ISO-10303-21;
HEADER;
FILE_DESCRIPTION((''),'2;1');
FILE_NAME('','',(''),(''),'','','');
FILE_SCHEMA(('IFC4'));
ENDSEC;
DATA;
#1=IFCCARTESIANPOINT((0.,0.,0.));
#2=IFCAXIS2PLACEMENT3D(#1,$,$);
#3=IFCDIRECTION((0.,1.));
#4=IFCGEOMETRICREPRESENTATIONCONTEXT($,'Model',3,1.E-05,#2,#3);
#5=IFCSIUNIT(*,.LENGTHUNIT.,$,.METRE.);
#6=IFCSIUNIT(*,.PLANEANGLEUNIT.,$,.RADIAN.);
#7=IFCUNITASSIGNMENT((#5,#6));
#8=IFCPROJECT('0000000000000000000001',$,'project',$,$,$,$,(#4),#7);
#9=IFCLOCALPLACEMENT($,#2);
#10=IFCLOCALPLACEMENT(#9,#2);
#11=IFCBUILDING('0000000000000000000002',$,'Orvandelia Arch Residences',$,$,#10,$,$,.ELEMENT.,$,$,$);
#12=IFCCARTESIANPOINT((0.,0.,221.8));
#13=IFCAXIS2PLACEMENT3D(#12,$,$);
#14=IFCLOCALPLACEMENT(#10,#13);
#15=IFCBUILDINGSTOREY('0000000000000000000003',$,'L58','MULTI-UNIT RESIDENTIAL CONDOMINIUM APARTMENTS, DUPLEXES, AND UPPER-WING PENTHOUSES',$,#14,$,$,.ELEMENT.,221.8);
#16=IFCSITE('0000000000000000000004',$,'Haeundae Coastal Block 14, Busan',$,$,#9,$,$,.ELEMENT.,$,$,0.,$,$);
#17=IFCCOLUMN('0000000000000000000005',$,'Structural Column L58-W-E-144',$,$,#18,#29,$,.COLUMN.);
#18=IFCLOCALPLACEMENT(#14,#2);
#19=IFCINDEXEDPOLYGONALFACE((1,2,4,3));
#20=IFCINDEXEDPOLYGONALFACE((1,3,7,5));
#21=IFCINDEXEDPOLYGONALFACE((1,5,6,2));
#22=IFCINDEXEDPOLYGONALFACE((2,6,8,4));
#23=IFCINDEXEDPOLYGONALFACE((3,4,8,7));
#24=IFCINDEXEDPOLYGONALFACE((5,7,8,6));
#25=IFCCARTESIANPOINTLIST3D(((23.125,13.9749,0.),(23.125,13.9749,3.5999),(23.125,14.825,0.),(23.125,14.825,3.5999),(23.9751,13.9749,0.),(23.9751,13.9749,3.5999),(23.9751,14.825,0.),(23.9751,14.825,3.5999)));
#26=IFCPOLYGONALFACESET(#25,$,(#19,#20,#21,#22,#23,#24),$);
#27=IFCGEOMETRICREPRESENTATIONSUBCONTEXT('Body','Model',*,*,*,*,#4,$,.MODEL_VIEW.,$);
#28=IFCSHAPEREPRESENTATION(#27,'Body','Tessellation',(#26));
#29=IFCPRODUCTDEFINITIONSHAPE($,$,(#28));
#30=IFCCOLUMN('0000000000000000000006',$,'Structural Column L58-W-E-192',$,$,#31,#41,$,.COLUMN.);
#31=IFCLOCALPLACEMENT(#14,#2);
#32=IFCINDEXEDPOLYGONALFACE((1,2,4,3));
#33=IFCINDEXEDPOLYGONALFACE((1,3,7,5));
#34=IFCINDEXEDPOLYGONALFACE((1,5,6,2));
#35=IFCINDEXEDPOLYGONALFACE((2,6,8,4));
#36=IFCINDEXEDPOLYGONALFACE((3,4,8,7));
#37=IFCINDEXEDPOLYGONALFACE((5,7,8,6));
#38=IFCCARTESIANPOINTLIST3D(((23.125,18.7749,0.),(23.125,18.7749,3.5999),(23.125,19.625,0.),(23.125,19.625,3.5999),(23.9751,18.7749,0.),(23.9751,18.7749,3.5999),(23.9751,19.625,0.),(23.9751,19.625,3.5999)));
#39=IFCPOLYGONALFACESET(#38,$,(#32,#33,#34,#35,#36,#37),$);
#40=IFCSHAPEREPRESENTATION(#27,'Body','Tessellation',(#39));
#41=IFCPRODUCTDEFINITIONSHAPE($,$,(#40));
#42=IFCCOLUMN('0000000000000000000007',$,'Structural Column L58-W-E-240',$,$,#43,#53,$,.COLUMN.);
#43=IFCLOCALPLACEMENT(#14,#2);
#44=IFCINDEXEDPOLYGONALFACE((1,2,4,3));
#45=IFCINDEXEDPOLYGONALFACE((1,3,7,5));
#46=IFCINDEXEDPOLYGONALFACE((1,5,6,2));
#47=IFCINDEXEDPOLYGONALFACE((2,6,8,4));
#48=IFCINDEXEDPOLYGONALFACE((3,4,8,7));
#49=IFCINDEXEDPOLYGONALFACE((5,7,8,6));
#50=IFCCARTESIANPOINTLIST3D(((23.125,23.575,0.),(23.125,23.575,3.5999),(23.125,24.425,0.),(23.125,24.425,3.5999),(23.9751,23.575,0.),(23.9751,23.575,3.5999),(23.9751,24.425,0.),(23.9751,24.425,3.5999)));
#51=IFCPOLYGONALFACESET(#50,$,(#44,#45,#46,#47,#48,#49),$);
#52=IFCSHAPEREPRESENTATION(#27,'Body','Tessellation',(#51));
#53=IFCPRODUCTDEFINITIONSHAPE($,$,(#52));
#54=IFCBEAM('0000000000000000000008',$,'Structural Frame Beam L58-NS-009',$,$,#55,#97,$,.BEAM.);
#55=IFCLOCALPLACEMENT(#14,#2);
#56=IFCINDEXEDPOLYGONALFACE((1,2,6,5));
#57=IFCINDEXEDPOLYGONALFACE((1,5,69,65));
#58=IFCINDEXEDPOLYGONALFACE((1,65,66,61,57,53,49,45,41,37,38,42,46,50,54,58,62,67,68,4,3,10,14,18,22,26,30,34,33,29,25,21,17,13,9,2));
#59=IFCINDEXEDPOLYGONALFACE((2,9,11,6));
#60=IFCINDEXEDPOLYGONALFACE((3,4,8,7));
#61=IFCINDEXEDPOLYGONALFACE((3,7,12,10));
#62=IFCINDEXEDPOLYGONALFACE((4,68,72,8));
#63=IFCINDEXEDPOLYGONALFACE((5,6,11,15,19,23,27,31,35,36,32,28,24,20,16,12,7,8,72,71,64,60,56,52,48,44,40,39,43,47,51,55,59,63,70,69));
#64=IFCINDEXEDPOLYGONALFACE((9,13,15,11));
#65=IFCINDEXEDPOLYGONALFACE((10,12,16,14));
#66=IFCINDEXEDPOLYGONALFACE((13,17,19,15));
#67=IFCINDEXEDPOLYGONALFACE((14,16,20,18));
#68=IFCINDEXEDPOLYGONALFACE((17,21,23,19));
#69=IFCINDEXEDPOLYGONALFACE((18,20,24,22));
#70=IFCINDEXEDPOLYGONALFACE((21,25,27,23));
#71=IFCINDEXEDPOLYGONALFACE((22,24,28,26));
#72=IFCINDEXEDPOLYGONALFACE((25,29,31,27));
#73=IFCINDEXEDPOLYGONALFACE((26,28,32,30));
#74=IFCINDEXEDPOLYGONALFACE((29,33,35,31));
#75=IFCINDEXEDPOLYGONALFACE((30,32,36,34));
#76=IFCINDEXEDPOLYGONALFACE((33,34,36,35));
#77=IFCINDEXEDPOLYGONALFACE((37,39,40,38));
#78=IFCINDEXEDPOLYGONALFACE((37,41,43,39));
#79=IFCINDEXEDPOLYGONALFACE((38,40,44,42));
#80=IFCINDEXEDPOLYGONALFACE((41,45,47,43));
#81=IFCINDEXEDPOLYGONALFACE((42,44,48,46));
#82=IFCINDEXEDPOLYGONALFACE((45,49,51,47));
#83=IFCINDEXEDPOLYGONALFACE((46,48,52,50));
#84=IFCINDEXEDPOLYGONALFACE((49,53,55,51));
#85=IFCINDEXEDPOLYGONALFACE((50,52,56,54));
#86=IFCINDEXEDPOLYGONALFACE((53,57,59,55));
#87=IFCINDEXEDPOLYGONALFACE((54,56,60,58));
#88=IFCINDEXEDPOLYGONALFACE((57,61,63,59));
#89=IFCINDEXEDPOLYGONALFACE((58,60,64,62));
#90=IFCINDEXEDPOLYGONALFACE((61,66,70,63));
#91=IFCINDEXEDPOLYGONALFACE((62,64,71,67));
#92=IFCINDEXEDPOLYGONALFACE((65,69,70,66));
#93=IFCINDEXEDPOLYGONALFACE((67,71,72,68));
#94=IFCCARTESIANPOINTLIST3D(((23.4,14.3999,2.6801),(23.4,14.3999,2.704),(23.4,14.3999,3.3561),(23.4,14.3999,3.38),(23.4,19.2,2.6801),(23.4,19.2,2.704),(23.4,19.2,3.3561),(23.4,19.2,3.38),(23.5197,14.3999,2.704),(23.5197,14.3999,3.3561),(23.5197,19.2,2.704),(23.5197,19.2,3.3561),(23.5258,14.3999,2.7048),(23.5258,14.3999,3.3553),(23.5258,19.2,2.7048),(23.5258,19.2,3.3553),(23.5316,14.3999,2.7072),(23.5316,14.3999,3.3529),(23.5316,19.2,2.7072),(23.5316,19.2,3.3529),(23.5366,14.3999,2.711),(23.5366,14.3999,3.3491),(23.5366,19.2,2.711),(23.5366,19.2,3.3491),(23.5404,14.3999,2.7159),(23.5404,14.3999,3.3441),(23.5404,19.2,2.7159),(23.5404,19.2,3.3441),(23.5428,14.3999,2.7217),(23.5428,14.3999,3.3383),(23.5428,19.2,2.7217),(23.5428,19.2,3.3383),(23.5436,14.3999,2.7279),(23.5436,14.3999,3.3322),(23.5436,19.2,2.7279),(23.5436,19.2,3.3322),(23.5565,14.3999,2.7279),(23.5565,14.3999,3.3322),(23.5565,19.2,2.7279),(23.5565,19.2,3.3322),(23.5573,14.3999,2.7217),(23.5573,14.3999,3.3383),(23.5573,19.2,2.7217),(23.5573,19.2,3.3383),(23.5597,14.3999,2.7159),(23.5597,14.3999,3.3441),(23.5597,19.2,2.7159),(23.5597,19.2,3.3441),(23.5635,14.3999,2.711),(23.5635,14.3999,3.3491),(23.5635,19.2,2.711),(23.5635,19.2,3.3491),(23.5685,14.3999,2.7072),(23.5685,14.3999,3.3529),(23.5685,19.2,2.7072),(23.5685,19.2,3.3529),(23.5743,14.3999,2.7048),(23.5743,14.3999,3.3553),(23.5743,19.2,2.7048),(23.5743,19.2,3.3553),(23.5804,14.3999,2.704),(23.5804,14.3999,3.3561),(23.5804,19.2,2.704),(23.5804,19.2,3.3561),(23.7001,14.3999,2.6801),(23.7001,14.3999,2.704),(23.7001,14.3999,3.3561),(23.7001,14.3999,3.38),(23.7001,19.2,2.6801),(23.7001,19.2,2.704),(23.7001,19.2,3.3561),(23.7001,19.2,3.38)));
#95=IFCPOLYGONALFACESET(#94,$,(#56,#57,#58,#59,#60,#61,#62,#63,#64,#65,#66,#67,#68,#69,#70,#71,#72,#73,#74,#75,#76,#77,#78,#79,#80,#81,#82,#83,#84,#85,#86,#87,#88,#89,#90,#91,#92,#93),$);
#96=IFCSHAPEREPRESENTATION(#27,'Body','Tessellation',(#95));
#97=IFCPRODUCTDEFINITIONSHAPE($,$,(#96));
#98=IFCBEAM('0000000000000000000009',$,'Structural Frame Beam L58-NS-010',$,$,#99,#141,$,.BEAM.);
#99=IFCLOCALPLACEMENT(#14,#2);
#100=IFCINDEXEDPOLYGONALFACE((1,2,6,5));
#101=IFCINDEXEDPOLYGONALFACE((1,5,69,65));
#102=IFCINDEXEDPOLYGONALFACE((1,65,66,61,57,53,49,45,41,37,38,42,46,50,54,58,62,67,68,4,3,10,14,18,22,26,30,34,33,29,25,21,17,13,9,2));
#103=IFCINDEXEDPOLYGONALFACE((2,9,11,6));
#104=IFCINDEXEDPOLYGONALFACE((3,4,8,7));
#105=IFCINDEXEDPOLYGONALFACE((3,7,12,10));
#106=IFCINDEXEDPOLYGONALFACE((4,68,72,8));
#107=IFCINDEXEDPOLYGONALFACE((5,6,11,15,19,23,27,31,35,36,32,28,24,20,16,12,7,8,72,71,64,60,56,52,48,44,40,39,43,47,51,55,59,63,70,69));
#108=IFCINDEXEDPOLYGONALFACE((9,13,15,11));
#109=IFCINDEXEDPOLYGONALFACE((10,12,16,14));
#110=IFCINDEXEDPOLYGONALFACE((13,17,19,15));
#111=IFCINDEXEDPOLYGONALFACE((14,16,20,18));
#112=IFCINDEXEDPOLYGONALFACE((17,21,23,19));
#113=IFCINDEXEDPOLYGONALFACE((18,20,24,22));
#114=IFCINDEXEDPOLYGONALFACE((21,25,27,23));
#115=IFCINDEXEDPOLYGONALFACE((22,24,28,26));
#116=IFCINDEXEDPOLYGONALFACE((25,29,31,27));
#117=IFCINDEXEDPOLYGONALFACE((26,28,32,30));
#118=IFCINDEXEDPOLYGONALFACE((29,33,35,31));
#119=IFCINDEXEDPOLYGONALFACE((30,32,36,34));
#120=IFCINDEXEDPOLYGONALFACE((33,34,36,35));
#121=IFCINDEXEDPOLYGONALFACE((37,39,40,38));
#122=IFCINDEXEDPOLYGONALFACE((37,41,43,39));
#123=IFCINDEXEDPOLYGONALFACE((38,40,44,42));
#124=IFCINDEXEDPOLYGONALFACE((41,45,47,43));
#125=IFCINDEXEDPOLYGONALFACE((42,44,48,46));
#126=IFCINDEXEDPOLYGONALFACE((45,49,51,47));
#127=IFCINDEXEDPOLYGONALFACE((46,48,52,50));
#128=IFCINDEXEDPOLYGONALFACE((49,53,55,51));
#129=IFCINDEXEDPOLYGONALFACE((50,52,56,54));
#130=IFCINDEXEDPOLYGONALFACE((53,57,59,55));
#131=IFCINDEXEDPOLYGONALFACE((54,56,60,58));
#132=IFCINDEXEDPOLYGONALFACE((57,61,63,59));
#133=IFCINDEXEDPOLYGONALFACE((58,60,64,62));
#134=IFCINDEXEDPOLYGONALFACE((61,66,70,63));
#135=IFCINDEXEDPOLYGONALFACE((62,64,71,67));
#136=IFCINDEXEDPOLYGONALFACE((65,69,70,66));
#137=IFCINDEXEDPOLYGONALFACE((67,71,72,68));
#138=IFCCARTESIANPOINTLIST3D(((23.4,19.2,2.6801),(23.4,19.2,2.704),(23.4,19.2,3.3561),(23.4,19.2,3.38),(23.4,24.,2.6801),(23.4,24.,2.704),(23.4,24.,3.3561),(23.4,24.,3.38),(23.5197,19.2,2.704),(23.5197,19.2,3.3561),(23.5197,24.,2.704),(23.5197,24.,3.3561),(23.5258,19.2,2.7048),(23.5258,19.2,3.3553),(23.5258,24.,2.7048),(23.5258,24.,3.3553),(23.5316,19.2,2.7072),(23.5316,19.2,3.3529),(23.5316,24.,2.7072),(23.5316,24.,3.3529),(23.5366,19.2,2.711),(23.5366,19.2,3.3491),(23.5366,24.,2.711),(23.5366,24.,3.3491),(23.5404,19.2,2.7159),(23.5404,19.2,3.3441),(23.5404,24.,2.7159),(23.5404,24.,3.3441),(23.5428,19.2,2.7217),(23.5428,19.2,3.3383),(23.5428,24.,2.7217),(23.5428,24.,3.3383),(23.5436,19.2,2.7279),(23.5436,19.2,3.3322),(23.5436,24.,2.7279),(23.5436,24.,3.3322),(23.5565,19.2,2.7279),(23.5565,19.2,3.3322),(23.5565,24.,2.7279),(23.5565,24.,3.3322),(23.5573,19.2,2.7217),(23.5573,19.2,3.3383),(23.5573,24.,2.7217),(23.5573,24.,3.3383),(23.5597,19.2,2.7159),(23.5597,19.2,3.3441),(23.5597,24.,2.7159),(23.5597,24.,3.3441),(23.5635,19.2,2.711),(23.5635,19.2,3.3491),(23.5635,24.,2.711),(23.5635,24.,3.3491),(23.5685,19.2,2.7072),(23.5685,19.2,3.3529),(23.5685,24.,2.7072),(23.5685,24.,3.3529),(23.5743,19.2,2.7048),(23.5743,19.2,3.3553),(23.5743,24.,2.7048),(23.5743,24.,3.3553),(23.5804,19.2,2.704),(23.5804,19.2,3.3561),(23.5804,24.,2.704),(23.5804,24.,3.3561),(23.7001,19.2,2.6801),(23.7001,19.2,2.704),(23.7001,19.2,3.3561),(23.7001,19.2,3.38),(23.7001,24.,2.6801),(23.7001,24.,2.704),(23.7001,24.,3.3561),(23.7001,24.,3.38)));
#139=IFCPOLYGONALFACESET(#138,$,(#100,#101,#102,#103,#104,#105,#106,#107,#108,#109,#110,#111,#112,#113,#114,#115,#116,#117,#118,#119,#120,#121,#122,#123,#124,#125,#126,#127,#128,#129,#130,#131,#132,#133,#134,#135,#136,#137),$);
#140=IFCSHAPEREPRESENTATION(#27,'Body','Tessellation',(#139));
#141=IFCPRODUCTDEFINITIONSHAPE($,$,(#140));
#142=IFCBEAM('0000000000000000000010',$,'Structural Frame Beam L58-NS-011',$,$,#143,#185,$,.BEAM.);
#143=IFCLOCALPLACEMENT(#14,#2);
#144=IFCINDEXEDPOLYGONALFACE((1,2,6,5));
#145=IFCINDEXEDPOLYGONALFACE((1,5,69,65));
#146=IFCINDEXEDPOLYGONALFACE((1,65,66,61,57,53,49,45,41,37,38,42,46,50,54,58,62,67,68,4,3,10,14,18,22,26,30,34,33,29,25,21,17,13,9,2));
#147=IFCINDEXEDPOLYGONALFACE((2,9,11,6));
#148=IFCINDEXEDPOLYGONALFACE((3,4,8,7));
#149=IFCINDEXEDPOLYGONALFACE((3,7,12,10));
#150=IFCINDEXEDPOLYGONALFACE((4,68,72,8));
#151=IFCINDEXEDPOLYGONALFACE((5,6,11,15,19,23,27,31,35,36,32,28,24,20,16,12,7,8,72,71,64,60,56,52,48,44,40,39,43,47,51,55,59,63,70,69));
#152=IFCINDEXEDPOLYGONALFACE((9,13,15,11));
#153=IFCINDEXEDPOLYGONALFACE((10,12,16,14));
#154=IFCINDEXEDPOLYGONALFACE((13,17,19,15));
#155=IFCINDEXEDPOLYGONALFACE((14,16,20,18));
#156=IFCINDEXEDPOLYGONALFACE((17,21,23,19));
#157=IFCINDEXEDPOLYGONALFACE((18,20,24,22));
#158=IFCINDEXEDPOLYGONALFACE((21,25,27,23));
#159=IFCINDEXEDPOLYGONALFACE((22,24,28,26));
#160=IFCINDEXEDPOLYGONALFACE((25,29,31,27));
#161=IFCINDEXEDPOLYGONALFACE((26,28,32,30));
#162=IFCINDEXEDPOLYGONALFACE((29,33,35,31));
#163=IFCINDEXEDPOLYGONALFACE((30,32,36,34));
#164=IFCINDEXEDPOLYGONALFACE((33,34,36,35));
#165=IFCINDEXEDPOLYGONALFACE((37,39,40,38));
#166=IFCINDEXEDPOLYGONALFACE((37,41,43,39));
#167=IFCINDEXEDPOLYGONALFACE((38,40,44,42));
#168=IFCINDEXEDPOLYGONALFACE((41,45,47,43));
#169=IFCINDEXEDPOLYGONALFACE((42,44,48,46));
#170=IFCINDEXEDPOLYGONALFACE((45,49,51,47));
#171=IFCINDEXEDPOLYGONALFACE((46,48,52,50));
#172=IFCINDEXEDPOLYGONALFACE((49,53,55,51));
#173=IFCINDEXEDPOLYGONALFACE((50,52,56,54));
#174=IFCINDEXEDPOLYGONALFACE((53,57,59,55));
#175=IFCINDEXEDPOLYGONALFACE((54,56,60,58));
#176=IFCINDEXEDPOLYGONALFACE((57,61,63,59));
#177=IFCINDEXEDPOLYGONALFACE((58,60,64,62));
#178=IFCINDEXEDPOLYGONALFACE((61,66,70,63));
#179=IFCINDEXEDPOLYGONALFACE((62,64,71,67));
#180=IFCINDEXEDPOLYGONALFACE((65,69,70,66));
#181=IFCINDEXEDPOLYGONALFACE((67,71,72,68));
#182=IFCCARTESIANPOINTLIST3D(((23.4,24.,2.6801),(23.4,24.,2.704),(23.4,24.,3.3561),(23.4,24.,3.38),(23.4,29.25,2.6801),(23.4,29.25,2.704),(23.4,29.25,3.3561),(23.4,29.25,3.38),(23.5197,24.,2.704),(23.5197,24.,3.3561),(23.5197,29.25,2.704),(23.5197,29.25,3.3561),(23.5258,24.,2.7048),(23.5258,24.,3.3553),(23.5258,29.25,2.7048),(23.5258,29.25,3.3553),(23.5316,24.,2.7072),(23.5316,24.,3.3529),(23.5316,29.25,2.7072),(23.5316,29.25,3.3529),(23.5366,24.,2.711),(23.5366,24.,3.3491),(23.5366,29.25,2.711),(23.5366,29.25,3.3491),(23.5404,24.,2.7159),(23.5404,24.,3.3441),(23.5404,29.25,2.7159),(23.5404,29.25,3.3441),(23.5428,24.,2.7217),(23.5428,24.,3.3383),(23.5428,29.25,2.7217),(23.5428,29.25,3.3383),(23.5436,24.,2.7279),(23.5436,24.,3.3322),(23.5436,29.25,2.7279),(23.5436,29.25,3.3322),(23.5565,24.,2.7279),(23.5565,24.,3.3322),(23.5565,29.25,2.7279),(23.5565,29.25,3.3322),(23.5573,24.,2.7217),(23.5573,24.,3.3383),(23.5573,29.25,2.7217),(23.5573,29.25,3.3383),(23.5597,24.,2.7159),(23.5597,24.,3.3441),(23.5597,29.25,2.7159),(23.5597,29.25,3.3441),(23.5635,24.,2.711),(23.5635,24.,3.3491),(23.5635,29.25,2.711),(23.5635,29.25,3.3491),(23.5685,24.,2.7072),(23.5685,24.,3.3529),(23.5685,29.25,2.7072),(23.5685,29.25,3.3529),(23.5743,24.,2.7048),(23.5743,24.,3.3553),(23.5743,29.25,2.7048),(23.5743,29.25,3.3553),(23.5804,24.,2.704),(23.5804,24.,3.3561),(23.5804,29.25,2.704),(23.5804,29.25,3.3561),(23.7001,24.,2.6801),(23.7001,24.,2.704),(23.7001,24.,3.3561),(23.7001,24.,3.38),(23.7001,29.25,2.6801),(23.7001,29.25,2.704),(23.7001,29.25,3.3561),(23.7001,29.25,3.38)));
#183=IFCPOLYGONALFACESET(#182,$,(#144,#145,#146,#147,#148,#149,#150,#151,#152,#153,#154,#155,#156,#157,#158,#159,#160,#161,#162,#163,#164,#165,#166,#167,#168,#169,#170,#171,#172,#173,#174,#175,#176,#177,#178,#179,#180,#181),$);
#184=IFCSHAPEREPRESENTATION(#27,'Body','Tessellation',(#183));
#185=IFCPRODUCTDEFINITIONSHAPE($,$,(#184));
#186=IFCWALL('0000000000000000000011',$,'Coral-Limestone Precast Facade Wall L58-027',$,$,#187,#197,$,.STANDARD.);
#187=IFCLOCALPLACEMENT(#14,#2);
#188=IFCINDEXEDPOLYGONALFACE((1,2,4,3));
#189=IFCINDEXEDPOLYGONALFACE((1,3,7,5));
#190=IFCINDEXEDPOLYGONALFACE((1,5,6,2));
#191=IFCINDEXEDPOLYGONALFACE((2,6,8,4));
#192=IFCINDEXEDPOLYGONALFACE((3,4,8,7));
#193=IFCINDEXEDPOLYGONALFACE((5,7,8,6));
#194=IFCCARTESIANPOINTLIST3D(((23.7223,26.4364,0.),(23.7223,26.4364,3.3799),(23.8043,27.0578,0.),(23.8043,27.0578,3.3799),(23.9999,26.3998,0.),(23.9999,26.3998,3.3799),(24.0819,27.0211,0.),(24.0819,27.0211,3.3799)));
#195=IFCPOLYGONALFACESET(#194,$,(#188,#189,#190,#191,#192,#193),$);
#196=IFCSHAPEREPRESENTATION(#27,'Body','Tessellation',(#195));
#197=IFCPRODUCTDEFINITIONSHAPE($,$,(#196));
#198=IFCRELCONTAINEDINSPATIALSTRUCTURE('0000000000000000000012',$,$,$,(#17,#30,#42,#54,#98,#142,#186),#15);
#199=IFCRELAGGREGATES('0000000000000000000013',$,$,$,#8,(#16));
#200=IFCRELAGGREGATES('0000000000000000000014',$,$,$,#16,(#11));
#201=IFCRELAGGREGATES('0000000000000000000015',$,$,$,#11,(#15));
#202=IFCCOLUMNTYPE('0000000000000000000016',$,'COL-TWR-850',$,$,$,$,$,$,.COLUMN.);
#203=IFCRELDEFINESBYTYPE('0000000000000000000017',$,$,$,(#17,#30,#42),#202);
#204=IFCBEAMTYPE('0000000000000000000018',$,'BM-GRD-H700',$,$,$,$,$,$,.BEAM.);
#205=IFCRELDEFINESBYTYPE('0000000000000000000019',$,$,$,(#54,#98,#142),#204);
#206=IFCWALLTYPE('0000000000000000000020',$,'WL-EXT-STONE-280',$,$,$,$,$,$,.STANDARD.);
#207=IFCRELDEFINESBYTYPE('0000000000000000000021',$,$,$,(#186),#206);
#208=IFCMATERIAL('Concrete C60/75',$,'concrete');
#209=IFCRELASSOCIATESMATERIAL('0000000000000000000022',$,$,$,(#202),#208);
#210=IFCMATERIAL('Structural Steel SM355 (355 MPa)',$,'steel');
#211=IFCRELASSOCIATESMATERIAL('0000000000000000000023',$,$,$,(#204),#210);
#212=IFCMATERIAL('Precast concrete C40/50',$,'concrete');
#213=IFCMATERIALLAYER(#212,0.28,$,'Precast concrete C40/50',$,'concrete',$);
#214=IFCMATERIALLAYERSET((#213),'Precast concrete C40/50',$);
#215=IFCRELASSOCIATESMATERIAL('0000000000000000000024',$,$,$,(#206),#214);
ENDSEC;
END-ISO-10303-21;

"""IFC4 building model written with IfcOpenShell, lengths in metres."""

from ifc_helpers import new_model, si_unit, direction, frame, frame_2d, origin, origin_2d, place, context, subcontext, project, spatial, rectangle, i_section, extrude, material, layer, layer_set, material_profile, profile_set, type_object, element, save


model = new_model("IFC4")

# Units and contexts
model_context = context("Model", 3, precision=1e-05, world=origin(), true_north=direction((0.0, 1.0)))
body_context = subcontext(model_context, "Body", "Model", "MODEL_VIEW")
ifc_project = project(units=[si_unit("LENGTHUNIT", "METRE"), si_unit("PLANEANGLEUNIT", "RADIAN")], contexts=[model_context])

# Site, building, storey
site_placement = place(None, origin())
site = spatial("IfcSite", under=ifc_project, at=site_placement, Name="Haeundae Coastal Block 14, Busan", CompositionType="ELEMENT", RefElevation=0.0)
building_placement = place(site_placement, origin())
building = spatial("IfcBuilding", under=site, at=building_placement, Name="Orvandelia Arch Residences", CompositionType="ELEMENT")
storey_placement = place(building_placement, frame((0.0, 0.0, 221.8)))
storey = spatial("IfcBuildingStorey", under=building, at=storey_placement, Name="L58", Description="MULTI-UNIT RESIDENTIAL CONDOMINIUM APARTMENTS, DUPLEXES, AND UPPER-WING PENTHOUSES", CompositionType="ELEMENT", Elevation=221.8)

# Columns
ifc_material_1 = material(Name="Concrete C60/75", Category="concrete")
ifc_material_profile_1 = material_profile(ifc_material_1, rectangle(XDim=0.8501, YDim=0.8501, at=origin_2d()), Name="Concrete C60/75", Category="concrete")
ifc_profile_set_1 = profile_set([ifc_material_profile_1], Name="Concrete C60/75")
column_type = type_object("IfcColumnType", Name="COL-TWR-850", PredefinedType="COLUMN", material=ifc_profile_set_1)
for number, where, z_axis, x_axis, name in (
    (1, (23.55, 14.3999, 0.0), (0.0, 0.0, 1.0), (1.0, 0.0, 0.0), "Structural Column L58-W-E-144"),
    (2, (23.55, 19.2, 0.0), (0.0, 0.0, 1.0), (1.0, 0.0, 0.0), "Structural Column L58-W-E-192"),
    (3, (23.55, 24.0, 0.0), (0.0, 0.0, 1.0), (1.0, 0.0, 0.0), "Structural Column L58-W-E-240"),
):
    element("IfcColumn", number, at=place(storey_placement, frame(where, z_axis=z_axis, x_axis=x_axis)), inside=storey, type_object=column_type, Name=name, PredefinedType="COLUMN", context=body_context, shape_type="SweptSolid", body=[
        extrude(rectangle(XDim=0.8501, YDim=0.8501, at=origin_2d()), origin(), (0.0, 0.0, 1.0), 3.5999),
    ])

# Beams
ifc_material_2 = material(Name="Structural Steel SM355 (355 MPa)", Category="steel")
ifc_material_profile_2 = material_profile(ifc_material_2, i_section(OverallWidth=0.3, OverallDepth=0.7, WebThickness=0.0129, FlangeThickness=0.0239, FilletRadius=0.0239, at=origin_2d()), Name="Structural Steel SM355 (355 MPa)", Category="steel")
ifc_profile_set_2 = profile_set([ifc_material_profile_2], Name="Structural Steel SM355 (355 MPa)")
beam_type = type_object("IfcBeamType", Name="BM-GRD-H700", PredefinedType="BEAM", material=ifc_profile_set_2)
for number, where, z_axis, x_axis, name in (
    (4, (23.55, 14.3999, 3.03), (0.0, 1.0, 0.0), (-1.0, 0.0, 0.0), "Structural Frame Beam L58-NS-009"),
    (5, (23.55, 19.2, 3.03), (0.0, 1.0, 0.0), (-1.0, 0.0, 0.0), "Structural Frame Beam L58-NS-010"),
):
    element("IfcBeam", number, at=place(storey_placement, frame(where, z_axis=z_axis, x_axis=x_axis)), inside=storey, type_object=beam_type, Name=name, PredefinedType="BEAM", context=body_context, shape_type="SweptSolid", body=[
        extrude(i_section(OverallWidth=0.3, OverallDepth=0.7, WebThickness=0.0129, FlangeThickness=0.0239, FilletRadius=0.0239, at=origin_2d()), origin(), (0.0, 0.0, 1.0), 4.8),
    ])
beam_placement = place(storey_placement, frame((23.55, 24.0, 3.03), z_axis=(0.0, 1.0, 0.0), x_axis=(-1.0, 0.0, 0.0)))
element("IfcBeam", 6, at=beam_placement, inside=storey, type_object=beam_type, Name="Structural Frame Beam L58-NS-011", PredefinedType="BEAM", context=body_context, shape_type="SweptSolid", body=[
    extrude(i_section(OverallWidth=0.3, OverallDepth=0.7, WebThickness=0.0129, FlangeThickness=0.0239, FilletRadius=0.0239, at=origin_2d()), origin(), (0.0, 0.0, 1.0), 5.25),
])

# Wall
ifc_material_3 = material(Name="Precast concrete C40/50", Category="concrete")
ifc_layer_1 = layer(ifc_material_3, 0.28, Name="Precast concrete C40/50", Category="concrete")
ifc_layer_set_1 = layer_set([ifc_layer_1], Name="Precast concrete C40/50")
wall_type_1 = type_object("IfcWallType", Name="WL-EXT-STONE-280", PredefinedType="STANDARD", material=ifc_layer_set_1)
wall_1_placement = place(storey_placement, frame((23.9431, 27.0396, 0.0), z_axis=(0.0, 0.0, 1.0), x_axis=(-0.130888, -0.991397, 0.0)))
element("IfcWall", 7, at=wall_1_placement, inside=storey, type_object=wall_type_1, Name="Coral-Limestone Precast Facade Wall L58-027", PredefinedType="STANDARD", context=body_context, shape_type="SweptSolid", body=[
    extrude(rectangle(XDim=0.6267, YDim=0.28, at=frame_2d((0.3135, 0.0))), origin(), (0.0, 0.0, 1.0), 3.3799),
])

save(model, "model.ifc")
